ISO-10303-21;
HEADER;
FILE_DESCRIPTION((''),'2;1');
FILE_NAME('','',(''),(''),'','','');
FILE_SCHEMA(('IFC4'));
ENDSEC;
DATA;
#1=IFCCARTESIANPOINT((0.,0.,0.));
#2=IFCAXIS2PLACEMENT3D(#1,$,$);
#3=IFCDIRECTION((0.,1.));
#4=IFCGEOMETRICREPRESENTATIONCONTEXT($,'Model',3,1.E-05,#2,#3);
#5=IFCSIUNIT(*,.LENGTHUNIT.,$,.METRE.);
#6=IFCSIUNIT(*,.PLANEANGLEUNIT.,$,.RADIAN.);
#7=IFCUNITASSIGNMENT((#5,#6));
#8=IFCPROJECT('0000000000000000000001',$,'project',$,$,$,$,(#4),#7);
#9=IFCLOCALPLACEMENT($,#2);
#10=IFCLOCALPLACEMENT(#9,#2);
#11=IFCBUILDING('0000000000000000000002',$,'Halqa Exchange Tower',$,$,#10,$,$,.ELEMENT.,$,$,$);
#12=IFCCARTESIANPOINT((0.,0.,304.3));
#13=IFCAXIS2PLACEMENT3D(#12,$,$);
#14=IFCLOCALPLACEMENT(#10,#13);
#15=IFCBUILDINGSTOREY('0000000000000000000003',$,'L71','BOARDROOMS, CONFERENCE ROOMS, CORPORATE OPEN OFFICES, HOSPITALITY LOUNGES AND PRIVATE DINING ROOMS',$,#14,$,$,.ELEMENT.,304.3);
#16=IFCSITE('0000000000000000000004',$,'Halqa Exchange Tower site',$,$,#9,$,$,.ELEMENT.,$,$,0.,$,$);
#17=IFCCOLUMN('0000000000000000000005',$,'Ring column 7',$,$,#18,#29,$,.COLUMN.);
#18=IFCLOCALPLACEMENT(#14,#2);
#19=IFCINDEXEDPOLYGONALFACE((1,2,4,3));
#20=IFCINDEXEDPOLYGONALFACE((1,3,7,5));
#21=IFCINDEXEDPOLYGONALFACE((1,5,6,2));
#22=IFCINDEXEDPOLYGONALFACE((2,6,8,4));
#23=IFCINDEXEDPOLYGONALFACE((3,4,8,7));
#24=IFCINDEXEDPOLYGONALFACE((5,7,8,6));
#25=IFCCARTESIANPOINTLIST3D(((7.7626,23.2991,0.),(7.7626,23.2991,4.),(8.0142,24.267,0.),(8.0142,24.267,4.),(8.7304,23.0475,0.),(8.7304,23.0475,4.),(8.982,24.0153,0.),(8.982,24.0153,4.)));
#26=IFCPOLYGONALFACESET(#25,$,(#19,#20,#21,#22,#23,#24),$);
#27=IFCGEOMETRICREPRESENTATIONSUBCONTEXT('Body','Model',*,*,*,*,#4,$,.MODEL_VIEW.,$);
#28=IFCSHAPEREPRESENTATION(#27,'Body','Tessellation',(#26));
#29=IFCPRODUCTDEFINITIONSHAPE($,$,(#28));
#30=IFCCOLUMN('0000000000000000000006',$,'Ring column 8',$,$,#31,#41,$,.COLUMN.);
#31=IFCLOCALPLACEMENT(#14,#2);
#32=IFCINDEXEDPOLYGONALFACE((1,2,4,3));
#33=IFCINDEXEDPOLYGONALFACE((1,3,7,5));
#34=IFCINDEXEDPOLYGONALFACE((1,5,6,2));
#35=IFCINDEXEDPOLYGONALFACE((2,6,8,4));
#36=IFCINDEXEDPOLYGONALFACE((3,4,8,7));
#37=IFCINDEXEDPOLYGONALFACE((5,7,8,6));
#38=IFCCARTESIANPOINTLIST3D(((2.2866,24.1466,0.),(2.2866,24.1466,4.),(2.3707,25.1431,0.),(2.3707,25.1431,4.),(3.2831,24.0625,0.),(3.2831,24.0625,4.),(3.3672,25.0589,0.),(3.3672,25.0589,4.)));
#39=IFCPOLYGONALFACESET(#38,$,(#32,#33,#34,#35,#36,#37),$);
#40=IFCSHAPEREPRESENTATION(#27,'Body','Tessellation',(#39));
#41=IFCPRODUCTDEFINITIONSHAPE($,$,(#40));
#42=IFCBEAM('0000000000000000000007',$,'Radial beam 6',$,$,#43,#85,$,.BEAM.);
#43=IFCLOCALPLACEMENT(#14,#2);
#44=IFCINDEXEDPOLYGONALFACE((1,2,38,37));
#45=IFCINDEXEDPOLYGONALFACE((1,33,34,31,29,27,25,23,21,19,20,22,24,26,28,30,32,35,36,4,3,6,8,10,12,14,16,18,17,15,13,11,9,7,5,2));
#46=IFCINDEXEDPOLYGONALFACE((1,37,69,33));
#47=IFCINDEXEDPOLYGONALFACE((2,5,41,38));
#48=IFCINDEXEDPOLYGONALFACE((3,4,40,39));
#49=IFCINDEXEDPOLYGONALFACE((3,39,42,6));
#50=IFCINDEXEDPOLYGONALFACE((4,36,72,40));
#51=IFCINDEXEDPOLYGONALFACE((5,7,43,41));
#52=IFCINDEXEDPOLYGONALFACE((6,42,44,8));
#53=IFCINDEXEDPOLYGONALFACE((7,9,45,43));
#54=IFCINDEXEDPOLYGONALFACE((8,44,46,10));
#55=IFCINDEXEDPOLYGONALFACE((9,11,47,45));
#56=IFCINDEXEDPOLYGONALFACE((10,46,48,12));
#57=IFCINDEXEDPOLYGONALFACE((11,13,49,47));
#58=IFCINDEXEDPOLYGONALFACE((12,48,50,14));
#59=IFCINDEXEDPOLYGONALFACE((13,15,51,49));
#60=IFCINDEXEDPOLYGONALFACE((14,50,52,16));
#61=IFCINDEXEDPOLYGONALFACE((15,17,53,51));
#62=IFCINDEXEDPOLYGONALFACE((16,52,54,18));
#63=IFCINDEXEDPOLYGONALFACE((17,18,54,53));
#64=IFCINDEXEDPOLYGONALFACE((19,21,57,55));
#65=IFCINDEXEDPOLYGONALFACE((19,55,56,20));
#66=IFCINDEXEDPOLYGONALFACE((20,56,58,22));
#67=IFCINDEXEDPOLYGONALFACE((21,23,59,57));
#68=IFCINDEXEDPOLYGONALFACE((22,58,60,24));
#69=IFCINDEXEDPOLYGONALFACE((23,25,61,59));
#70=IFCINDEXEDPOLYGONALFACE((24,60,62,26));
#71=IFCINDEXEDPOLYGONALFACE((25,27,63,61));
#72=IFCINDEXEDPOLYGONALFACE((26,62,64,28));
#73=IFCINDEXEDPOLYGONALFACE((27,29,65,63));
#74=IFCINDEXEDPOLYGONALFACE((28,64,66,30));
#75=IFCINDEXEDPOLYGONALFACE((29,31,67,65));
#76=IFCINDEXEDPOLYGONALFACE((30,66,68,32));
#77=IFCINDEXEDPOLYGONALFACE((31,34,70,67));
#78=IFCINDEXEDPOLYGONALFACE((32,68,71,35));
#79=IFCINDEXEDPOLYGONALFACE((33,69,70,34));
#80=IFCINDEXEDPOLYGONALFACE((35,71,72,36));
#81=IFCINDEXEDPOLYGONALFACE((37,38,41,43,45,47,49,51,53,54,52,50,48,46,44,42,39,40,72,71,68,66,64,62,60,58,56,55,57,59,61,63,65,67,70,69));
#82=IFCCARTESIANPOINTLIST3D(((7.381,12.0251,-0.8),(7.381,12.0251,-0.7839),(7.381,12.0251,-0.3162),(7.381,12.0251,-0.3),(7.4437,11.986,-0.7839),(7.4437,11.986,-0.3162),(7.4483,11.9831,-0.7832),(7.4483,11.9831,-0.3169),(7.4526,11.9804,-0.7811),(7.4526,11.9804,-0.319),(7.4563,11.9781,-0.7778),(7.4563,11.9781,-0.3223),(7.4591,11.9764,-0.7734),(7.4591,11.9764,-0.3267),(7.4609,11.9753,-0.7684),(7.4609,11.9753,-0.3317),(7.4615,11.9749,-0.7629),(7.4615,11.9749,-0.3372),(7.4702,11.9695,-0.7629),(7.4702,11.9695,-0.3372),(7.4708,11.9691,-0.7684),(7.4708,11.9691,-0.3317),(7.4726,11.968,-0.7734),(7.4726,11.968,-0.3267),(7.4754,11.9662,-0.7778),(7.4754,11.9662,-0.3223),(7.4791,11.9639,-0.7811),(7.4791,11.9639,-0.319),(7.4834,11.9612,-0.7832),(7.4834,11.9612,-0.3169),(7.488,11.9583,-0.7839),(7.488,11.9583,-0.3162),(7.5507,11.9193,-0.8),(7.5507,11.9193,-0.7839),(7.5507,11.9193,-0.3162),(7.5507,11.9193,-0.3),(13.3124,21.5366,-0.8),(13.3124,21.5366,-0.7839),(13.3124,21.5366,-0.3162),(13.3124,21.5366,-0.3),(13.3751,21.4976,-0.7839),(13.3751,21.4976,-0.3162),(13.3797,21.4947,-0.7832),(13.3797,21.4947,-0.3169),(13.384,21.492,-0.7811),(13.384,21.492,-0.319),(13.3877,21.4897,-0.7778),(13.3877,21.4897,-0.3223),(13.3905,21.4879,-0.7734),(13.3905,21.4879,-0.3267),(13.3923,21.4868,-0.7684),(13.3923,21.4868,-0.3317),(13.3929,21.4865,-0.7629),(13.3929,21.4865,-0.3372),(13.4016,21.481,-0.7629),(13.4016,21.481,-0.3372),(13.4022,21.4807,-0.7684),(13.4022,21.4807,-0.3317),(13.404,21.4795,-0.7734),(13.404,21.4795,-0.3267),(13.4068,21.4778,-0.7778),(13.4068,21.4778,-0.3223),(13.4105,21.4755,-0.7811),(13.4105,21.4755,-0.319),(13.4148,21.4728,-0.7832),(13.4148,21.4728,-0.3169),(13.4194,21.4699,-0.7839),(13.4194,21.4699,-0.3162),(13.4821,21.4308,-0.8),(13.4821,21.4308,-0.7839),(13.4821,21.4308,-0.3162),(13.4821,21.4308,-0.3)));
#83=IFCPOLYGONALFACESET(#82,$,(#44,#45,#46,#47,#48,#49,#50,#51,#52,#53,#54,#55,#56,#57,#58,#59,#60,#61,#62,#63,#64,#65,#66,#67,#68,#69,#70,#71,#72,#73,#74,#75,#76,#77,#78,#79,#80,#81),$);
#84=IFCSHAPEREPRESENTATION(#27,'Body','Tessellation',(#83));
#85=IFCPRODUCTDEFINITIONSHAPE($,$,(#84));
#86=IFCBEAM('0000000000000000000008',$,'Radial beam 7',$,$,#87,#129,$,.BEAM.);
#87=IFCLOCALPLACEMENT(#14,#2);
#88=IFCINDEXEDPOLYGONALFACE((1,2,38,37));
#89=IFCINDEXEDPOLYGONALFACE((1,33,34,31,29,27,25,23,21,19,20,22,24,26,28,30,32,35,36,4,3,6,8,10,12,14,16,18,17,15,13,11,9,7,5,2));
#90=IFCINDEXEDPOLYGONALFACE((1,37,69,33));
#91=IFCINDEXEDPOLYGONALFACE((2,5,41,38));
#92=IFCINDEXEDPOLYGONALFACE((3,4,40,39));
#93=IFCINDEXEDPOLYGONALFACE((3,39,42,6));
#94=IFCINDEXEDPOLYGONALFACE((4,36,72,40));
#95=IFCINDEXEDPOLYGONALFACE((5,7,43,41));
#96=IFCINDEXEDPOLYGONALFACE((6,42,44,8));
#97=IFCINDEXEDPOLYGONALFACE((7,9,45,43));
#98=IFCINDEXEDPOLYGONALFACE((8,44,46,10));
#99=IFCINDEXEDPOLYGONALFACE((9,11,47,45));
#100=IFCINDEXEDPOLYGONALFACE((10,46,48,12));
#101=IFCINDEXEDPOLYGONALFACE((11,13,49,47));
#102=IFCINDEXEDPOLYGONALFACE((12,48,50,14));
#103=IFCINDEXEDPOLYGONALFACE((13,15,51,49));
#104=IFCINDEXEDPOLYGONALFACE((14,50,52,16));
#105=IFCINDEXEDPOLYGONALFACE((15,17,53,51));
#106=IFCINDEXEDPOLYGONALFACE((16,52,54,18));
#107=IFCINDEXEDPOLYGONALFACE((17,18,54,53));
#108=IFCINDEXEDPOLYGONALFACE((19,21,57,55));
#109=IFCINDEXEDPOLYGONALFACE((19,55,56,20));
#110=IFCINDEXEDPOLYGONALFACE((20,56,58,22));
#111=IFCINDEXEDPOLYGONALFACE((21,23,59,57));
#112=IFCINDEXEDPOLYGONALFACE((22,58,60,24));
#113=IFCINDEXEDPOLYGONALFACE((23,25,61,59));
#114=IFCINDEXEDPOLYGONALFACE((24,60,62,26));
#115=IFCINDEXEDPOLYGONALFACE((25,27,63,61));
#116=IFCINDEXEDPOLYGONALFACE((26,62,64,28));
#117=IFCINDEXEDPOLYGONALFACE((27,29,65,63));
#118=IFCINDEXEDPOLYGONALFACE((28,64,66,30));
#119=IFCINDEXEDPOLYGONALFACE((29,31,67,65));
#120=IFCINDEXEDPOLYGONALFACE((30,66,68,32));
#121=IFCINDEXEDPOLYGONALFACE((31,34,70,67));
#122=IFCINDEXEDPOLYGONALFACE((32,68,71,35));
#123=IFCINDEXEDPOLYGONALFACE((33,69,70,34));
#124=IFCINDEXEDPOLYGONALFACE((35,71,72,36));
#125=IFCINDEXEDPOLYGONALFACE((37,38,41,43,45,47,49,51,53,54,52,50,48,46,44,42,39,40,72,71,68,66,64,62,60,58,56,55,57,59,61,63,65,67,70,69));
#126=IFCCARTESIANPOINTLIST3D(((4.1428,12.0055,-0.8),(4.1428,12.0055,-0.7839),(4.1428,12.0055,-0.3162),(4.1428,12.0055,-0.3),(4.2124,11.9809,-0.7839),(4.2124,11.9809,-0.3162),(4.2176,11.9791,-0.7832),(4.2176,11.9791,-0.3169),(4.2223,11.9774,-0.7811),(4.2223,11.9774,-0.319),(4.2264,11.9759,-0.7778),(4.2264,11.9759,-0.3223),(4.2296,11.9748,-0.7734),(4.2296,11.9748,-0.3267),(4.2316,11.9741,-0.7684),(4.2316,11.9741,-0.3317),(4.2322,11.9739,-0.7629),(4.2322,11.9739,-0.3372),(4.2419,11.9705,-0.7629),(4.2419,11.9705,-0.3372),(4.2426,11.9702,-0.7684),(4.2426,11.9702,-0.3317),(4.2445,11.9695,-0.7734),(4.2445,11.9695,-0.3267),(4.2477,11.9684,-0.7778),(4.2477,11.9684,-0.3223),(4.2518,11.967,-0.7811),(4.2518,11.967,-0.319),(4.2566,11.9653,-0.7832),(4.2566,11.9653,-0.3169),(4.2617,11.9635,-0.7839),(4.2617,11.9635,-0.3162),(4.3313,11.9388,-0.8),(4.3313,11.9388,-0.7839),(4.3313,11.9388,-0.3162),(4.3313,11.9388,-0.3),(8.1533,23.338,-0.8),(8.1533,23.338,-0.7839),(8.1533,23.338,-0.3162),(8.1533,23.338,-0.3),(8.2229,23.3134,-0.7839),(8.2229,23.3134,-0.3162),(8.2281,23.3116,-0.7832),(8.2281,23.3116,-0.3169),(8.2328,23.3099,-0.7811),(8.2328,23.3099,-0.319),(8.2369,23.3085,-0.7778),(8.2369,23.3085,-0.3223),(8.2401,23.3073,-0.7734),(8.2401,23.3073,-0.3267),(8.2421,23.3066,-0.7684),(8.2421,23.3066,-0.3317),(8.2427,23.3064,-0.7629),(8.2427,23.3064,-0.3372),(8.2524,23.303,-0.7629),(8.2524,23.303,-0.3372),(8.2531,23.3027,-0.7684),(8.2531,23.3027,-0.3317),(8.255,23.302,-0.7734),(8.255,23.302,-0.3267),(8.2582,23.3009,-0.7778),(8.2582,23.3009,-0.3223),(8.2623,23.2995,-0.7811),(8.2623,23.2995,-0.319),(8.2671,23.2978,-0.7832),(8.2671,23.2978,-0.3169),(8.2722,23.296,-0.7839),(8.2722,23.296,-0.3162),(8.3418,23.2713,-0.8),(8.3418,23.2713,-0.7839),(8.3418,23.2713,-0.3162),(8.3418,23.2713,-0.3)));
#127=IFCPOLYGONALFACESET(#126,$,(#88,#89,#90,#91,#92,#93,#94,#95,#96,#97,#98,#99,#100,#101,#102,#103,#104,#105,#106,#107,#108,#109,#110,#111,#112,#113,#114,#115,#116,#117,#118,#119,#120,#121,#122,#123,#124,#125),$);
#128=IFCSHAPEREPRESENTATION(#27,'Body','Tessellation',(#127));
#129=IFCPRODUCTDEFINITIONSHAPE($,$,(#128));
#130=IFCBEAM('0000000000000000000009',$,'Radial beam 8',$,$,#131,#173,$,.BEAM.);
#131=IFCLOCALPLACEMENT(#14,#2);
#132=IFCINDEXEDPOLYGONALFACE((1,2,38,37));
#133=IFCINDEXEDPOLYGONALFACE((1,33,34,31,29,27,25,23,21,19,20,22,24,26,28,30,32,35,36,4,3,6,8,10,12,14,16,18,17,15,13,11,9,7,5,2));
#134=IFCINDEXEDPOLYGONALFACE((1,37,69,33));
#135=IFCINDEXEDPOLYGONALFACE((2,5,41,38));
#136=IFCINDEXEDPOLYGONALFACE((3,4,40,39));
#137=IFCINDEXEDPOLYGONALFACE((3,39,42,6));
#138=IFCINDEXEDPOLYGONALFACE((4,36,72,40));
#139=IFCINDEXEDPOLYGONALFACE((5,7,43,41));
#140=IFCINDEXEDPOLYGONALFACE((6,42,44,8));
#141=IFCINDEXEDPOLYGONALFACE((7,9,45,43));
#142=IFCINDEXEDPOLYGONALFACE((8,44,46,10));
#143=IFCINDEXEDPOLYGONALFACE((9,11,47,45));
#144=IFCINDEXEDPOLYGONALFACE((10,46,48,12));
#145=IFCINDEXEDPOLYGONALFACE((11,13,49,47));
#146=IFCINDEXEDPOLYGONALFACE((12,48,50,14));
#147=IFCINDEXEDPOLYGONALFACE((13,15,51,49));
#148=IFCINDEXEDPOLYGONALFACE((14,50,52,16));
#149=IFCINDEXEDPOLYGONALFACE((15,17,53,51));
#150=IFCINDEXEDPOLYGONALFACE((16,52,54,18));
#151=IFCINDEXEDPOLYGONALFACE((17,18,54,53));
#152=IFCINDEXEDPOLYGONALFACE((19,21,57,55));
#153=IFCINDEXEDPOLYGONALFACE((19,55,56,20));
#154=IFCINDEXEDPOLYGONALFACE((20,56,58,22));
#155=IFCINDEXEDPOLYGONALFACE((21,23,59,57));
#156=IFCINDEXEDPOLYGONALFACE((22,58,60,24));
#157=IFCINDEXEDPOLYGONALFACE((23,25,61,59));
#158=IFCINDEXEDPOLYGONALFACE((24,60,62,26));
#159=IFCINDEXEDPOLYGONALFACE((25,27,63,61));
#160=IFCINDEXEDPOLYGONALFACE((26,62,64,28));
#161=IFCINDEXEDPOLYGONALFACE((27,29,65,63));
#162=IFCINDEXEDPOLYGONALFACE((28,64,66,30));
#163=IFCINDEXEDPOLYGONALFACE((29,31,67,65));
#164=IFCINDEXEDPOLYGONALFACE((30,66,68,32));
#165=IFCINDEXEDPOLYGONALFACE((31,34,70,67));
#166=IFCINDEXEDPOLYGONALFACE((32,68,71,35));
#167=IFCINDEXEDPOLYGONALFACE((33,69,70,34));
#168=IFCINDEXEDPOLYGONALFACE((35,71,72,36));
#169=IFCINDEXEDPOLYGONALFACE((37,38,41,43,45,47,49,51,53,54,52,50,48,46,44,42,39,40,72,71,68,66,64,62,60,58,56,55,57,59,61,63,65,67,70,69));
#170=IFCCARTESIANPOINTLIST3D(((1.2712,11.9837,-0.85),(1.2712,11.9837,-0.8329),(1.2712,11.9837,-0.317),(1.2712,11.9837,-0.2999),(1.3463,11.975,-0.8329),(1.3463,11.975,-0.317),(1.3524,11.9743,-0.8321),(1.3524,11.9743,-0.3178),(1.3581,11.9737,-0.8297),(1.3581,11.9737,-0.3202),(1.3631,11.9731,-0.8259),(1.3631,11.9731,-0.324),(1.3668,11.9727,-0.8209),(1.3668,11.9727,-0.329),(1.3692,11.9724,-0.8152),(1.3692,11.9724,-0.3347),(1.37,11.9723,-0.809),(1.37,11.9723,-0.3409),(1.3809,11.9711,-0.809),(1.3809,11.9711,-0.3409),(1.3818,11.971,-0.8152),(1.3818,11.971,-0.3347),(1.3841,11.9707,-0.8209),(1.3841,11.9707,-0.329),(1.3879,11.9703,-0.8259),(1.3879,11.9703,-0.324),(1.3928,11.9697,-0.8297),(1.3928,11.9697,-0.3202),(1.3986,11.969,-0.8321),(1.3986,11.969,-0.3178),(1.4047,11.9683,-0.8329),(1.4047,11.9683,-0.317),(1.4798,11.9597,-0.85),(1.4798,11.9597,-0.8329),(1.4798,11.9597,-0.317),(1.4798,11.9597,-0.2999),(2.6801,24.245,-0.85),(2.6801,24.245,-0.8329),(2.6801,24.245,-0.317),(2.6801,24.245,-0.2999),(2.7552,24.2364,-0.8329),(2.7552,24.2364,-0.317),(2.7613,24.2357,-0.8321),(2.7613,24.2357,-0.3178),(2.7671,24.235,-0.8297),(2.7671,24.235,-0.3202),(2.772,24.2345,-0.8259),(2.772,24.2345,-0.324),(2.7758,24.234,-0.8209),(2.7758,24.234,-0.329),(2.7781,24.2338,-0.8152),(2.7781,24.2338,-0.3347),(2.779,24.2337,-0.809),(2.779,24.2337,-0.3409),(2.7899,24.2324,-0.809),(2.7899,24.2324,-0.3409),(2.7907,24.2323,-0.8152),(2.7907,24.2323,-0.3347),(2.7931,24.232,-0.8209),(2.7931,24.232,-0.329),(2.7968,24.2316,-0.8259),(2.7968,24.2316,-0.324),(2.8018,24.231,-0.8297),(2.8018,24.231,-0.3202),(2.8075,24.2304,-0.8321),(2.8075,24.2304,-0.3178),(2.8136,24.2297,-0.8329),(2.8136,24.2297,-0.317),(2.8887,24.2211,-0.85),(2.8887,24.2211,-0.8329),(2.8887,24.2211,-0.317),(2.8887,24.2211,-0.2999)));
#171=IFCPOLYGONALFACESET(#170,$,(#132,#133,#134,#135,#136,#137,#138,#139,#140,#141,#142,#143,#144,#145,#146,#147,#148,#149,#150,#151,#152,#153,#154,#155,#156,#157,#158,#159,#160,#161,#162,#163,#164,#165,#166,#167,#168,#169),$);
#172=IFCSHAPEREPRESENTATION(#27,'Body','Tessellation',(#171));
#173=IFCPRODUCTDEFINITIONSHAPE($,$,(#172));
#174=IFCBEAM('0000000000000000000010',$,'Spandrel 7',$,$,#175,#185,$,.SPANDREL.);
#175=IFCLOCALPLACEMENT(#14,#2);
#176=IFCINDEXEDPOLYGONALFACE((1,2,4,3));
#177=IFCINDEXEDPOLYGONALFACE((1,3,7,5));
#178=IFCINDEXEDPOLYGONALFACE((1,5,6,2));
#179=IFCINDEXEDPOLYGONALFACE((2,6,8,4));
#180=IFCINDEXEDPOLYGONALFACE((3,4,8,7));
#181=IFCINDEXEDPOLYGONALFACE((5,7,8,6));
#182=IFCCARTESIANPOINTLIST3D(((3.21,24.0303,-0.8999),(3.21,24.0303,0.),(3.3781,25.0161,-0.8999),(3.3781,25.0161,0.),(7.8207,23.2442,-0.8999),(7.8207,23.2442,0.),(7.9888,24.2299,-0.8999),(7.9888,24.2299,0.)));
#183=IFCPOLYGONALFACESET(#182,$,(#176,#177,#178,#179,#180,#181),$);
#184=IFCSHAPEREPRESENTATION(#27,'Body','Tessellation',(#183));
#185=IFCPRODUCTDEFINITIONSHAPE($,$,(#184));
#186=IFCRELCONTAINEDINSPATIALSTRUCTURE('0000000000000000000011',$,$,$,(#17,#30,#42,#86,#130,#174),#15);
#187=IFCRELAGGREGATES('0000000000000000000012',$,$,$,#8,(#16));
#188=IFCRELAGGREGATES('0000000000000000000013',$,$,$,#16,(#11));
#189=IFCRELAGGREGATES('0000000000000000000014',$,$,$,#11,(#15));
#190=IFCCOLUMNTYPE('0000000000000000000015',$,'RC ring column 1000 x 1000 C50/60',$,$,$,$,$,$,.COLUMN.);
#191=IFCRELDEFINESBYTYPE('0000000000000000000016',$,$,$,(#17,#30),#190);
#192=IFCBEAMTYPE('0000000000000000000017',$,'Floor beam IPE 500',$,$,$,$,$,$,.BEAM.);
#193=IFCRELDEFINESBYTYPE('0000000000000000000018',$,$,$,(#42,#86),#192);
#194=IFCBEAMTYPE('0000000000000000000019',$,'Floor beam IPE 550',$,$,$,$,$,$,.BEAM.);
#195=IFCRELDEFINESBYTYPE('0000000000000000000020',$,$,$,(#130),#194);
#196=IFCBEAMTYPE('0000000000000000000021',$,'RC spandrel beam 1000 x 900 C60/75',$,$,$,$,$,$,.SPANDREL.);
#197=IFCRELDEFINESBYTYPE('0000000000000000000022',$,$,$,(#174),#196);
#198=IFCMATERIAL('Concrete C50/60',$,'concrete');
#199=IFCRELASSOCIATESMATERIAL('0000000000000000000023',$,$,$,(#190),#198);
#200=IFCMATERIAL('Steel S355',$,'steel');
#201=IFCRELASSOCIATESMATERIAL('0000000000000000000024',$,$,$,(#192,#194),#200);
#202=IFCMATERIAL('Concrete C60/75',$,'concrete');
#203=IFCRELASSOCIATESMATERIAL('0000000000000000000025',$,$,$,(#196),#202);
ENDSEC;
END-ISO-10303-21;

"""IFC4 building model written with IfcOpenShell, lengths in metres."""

from ifc_helpers import new_model, si_unit, direction, frame, origin, origin_2d, place, context, subcontext, project, spatial, rectangle, i_section, extrude, material, material_profile, profile_set, type_object, element, save


model = new_model("IFC4")

# Units and contexts
model_context = context("Model", 3, precision=1e-05, world=origin(), true_north=direction((0.0, 1.0)))
body_context = subcontext(model_context, "Body", "Model", "MODEL_VIEW")
ifc_project = project(units=[si_unit("LENGTHUNIT", "METRE"), si_unit("PLANEANGLEUNIT", "RADIAN")], contexts=[model_context])

# Site, building, storey
site_placement = place(None, origin())
site = spatial("IfcSite", under=ifc_project, at=site_placement, Name="Halqa Exchange Tower site", CompositionType="ELEMENT", RefElevation=0.0)
building_placement = place(site_placement, origin())
building = spatial("IfcBuilding", under=site, at=building_placement, Name="Halqa Exchange Tower", CompositionType="ELEMENT")
storey_placement = place(building_placement, frame((0.0, 0.0, 304.3)))
storey = spatial("IfcBuildingStorey", under=building, at=storey_placement, Name="L71", Description="BOARDROOMS, CONFERENCE ROOMS, CORPORATE OPEN OFFICES, HOSPITALITY LOUNGES AND PRIVATE DINING ROOMS", CompositionType="ELEMENT", Elevation=304.3)

# Columns
ifc_material_1 = material(Name="Concrete C50/60", Category="concrete")
ifc_material_profile_1 = material_profile(ifc_material_1, rectangle(XDim=1.0, YDim=1.0, at=origin_2d()), Name="1000 x 1000")
ifc_profile_set_1 = profile_set([ifc_material_profile_1], Name="Concrete C50/60")
column_type = type_object("IfcColumnType", Name="RC ring column 1000 x 1000 C50/60", PredefinedType="COLUMN", material=ifc_profile_set_1)
for number, where, z_axis, x_axis, name in (
    (1, (8.3723, 23.6572, 0.0), (0.0, 0.0, 1.0), (-0.96782, 0.251645, 0.0), "Ring column 7"),
    (2, (2.8269, 24.6028, 0.0), (0.0, 0.0, 1.0), (-0.996455, 0.084125, 0.0), "Ring column 8"),
):
    element("IfcColumn", number, at=place(storey_placement, frame(where, z_axis=z_axis, x_axis=x_axis)), inside=storey, type_object=column_type, Name=name, PredefinedType="COLUMN", context=body_context, shape_type="SweptSolid", body=[
        extrude(rectangle(XDim=1.0, YDim=1.0, at=origin_2d()), origin(), (0.0, 0.0, 1.0), 4.0),
    ])

# Beams
ifc_material_2 = material(Name="Steel S355", Category="steel")
ifc_material_profile_2 = material_profile(ifc_material_2, i_section(OverallWidth=0.2, OverallDepth=0.5, WebThickness=0.0103, FlangeThickness=0.0161, FilletRadius=0.021, at=origin_2d()), Name="IPE 500")
ifc_profile_set_2 = profile_set([ifc_material_profile_2], Name="Steel S355")
beam_type_1 = type_object("IfcBeamType", Name="Floor beam IPE 500", PredefinedType="BEAM", material=ifc_profile_set_2)
beam_1_placement = place(storey_placement, frame((7.4658, 11.9722, -0.55), z_axis=(0.529147, 0.84853, 0.0), x_axis=(-0.84853, 0.529147, 0.0)))
element("IfcBeam", 3, at=beam_1_placement, inside=storey, type_object=beam_type_1, Name="Radial beam 6", PredefinedType="BEAM", context=body_context, shape_type="SweptSolid", body=[
    extrude(i_section(OverallWidth=0.2, OverallDepth=0.5, WebThickness=0.0103, FlangeThickness=0.0161, FilletRadius=0.021, at=origin_2d()), origin(), (0.0, 0.0, 1.0), 11.2095),
])
beam_2_placement = place(storey_placement, frame((4.2371, 11.9722, -0.55), z_axis=(0.333618, 0.942708, 0.0), x_axis=(-0.942708, 0.333618, 0.0)))
element("IfcBeam", 4, at=beam_2_placement, inside=storey, type_object=beam_type_1, Name="Radial beam 7", PredefinedType="BEAM", context=body_context, shape_type="SweptSolid", body=[
    extrude(i_section(OverallWidth=0.2, OverallDepth=0.5, WebThickness=0.0103, FlangeThickness=0.0161, FilletRadius=0.021, at=origin_2d()), origin(), (0.0, 0.0, 1.0), 12.0212),
])
ifc_material_profile_3 = material_profile(ifc_material_2, i_section(OverallWidth=0.21, OverallDepth=0.55, WebThickness=0.011, FlangeThickness=0.0171, FilletRadius=0.0239, at=origin_2d()), Name="IPE 550")
ifc_profile_set_3 = profile_set([ifc_material_profile_3], Name="Steel S355")
beam_type_2 = type_object("IfcBeamType", Name="Floor beam IPE 550", PredefinedType="BEAM", material=ifc_profile_set_3)
beam_3_placement = place(storey_placement, frame((1.3755, 11.9717, -0.575), z_axis=(0.114156, 0.993463, 0.0), x_axis=(-0.993463, 0.114156, 0.0)))
element("IfcBeam", 5, at=beam_3_placement, inside=storey, type_object=beam_type_2, Name="Radial beam 8", PredefinedType="BEAM", context=body_context, shape_type="SweptSolid", body=[
    extrude(i_section(OverallWidth=0.21, OverallDepth=0.55, WebThickness=0.011, FlangeThickness=0.0171, FilletRadius=0.0239, at=origin_2d()), origin(), (0.0, 0.0, 1.0), 12.342),
])
ifc_material_3 = material(Name="Concrete C60/75", Category="concrete")
ifc_material_profile_4 = material_profile(ifc_material_3, rectangle(XDim=1.0, YDim=0.8999, at=origin_2d()), Name="1000 x 900")
ifc_profile_set_4 = profile_set([ifc_material_profile_4], Name="Concrete C60/75")
beam_type_3 = type_object("IfcBeamType", Name="RC spandrel beam 1000 x 900 C60/75", PredefinedType="SPANDREL", material=ifc_profile_set_4)
beam_4_placement = place(storey_placement, frame((7.9048, 23.7371, -0.45), z_axis=(-0.985773, 0.16808, 0.0), x_axis=(-0.16808, -0.985773, 0.0)))
element("IfcBeam", 6, at=beam_4_placement, inside=storey, type_object=beam_type_3, Name="Spandrel 7", PredefinedType="SPANDREL", context=body_context, shape_type="SweptSolid", body=[
    extrude(rectangle(XDim=1.0, YDim=0.8999, at=origin_2d()), origin(), (0.0, 0.0, 1.0), 4.6772),
])

save(model, "model.ifc")
